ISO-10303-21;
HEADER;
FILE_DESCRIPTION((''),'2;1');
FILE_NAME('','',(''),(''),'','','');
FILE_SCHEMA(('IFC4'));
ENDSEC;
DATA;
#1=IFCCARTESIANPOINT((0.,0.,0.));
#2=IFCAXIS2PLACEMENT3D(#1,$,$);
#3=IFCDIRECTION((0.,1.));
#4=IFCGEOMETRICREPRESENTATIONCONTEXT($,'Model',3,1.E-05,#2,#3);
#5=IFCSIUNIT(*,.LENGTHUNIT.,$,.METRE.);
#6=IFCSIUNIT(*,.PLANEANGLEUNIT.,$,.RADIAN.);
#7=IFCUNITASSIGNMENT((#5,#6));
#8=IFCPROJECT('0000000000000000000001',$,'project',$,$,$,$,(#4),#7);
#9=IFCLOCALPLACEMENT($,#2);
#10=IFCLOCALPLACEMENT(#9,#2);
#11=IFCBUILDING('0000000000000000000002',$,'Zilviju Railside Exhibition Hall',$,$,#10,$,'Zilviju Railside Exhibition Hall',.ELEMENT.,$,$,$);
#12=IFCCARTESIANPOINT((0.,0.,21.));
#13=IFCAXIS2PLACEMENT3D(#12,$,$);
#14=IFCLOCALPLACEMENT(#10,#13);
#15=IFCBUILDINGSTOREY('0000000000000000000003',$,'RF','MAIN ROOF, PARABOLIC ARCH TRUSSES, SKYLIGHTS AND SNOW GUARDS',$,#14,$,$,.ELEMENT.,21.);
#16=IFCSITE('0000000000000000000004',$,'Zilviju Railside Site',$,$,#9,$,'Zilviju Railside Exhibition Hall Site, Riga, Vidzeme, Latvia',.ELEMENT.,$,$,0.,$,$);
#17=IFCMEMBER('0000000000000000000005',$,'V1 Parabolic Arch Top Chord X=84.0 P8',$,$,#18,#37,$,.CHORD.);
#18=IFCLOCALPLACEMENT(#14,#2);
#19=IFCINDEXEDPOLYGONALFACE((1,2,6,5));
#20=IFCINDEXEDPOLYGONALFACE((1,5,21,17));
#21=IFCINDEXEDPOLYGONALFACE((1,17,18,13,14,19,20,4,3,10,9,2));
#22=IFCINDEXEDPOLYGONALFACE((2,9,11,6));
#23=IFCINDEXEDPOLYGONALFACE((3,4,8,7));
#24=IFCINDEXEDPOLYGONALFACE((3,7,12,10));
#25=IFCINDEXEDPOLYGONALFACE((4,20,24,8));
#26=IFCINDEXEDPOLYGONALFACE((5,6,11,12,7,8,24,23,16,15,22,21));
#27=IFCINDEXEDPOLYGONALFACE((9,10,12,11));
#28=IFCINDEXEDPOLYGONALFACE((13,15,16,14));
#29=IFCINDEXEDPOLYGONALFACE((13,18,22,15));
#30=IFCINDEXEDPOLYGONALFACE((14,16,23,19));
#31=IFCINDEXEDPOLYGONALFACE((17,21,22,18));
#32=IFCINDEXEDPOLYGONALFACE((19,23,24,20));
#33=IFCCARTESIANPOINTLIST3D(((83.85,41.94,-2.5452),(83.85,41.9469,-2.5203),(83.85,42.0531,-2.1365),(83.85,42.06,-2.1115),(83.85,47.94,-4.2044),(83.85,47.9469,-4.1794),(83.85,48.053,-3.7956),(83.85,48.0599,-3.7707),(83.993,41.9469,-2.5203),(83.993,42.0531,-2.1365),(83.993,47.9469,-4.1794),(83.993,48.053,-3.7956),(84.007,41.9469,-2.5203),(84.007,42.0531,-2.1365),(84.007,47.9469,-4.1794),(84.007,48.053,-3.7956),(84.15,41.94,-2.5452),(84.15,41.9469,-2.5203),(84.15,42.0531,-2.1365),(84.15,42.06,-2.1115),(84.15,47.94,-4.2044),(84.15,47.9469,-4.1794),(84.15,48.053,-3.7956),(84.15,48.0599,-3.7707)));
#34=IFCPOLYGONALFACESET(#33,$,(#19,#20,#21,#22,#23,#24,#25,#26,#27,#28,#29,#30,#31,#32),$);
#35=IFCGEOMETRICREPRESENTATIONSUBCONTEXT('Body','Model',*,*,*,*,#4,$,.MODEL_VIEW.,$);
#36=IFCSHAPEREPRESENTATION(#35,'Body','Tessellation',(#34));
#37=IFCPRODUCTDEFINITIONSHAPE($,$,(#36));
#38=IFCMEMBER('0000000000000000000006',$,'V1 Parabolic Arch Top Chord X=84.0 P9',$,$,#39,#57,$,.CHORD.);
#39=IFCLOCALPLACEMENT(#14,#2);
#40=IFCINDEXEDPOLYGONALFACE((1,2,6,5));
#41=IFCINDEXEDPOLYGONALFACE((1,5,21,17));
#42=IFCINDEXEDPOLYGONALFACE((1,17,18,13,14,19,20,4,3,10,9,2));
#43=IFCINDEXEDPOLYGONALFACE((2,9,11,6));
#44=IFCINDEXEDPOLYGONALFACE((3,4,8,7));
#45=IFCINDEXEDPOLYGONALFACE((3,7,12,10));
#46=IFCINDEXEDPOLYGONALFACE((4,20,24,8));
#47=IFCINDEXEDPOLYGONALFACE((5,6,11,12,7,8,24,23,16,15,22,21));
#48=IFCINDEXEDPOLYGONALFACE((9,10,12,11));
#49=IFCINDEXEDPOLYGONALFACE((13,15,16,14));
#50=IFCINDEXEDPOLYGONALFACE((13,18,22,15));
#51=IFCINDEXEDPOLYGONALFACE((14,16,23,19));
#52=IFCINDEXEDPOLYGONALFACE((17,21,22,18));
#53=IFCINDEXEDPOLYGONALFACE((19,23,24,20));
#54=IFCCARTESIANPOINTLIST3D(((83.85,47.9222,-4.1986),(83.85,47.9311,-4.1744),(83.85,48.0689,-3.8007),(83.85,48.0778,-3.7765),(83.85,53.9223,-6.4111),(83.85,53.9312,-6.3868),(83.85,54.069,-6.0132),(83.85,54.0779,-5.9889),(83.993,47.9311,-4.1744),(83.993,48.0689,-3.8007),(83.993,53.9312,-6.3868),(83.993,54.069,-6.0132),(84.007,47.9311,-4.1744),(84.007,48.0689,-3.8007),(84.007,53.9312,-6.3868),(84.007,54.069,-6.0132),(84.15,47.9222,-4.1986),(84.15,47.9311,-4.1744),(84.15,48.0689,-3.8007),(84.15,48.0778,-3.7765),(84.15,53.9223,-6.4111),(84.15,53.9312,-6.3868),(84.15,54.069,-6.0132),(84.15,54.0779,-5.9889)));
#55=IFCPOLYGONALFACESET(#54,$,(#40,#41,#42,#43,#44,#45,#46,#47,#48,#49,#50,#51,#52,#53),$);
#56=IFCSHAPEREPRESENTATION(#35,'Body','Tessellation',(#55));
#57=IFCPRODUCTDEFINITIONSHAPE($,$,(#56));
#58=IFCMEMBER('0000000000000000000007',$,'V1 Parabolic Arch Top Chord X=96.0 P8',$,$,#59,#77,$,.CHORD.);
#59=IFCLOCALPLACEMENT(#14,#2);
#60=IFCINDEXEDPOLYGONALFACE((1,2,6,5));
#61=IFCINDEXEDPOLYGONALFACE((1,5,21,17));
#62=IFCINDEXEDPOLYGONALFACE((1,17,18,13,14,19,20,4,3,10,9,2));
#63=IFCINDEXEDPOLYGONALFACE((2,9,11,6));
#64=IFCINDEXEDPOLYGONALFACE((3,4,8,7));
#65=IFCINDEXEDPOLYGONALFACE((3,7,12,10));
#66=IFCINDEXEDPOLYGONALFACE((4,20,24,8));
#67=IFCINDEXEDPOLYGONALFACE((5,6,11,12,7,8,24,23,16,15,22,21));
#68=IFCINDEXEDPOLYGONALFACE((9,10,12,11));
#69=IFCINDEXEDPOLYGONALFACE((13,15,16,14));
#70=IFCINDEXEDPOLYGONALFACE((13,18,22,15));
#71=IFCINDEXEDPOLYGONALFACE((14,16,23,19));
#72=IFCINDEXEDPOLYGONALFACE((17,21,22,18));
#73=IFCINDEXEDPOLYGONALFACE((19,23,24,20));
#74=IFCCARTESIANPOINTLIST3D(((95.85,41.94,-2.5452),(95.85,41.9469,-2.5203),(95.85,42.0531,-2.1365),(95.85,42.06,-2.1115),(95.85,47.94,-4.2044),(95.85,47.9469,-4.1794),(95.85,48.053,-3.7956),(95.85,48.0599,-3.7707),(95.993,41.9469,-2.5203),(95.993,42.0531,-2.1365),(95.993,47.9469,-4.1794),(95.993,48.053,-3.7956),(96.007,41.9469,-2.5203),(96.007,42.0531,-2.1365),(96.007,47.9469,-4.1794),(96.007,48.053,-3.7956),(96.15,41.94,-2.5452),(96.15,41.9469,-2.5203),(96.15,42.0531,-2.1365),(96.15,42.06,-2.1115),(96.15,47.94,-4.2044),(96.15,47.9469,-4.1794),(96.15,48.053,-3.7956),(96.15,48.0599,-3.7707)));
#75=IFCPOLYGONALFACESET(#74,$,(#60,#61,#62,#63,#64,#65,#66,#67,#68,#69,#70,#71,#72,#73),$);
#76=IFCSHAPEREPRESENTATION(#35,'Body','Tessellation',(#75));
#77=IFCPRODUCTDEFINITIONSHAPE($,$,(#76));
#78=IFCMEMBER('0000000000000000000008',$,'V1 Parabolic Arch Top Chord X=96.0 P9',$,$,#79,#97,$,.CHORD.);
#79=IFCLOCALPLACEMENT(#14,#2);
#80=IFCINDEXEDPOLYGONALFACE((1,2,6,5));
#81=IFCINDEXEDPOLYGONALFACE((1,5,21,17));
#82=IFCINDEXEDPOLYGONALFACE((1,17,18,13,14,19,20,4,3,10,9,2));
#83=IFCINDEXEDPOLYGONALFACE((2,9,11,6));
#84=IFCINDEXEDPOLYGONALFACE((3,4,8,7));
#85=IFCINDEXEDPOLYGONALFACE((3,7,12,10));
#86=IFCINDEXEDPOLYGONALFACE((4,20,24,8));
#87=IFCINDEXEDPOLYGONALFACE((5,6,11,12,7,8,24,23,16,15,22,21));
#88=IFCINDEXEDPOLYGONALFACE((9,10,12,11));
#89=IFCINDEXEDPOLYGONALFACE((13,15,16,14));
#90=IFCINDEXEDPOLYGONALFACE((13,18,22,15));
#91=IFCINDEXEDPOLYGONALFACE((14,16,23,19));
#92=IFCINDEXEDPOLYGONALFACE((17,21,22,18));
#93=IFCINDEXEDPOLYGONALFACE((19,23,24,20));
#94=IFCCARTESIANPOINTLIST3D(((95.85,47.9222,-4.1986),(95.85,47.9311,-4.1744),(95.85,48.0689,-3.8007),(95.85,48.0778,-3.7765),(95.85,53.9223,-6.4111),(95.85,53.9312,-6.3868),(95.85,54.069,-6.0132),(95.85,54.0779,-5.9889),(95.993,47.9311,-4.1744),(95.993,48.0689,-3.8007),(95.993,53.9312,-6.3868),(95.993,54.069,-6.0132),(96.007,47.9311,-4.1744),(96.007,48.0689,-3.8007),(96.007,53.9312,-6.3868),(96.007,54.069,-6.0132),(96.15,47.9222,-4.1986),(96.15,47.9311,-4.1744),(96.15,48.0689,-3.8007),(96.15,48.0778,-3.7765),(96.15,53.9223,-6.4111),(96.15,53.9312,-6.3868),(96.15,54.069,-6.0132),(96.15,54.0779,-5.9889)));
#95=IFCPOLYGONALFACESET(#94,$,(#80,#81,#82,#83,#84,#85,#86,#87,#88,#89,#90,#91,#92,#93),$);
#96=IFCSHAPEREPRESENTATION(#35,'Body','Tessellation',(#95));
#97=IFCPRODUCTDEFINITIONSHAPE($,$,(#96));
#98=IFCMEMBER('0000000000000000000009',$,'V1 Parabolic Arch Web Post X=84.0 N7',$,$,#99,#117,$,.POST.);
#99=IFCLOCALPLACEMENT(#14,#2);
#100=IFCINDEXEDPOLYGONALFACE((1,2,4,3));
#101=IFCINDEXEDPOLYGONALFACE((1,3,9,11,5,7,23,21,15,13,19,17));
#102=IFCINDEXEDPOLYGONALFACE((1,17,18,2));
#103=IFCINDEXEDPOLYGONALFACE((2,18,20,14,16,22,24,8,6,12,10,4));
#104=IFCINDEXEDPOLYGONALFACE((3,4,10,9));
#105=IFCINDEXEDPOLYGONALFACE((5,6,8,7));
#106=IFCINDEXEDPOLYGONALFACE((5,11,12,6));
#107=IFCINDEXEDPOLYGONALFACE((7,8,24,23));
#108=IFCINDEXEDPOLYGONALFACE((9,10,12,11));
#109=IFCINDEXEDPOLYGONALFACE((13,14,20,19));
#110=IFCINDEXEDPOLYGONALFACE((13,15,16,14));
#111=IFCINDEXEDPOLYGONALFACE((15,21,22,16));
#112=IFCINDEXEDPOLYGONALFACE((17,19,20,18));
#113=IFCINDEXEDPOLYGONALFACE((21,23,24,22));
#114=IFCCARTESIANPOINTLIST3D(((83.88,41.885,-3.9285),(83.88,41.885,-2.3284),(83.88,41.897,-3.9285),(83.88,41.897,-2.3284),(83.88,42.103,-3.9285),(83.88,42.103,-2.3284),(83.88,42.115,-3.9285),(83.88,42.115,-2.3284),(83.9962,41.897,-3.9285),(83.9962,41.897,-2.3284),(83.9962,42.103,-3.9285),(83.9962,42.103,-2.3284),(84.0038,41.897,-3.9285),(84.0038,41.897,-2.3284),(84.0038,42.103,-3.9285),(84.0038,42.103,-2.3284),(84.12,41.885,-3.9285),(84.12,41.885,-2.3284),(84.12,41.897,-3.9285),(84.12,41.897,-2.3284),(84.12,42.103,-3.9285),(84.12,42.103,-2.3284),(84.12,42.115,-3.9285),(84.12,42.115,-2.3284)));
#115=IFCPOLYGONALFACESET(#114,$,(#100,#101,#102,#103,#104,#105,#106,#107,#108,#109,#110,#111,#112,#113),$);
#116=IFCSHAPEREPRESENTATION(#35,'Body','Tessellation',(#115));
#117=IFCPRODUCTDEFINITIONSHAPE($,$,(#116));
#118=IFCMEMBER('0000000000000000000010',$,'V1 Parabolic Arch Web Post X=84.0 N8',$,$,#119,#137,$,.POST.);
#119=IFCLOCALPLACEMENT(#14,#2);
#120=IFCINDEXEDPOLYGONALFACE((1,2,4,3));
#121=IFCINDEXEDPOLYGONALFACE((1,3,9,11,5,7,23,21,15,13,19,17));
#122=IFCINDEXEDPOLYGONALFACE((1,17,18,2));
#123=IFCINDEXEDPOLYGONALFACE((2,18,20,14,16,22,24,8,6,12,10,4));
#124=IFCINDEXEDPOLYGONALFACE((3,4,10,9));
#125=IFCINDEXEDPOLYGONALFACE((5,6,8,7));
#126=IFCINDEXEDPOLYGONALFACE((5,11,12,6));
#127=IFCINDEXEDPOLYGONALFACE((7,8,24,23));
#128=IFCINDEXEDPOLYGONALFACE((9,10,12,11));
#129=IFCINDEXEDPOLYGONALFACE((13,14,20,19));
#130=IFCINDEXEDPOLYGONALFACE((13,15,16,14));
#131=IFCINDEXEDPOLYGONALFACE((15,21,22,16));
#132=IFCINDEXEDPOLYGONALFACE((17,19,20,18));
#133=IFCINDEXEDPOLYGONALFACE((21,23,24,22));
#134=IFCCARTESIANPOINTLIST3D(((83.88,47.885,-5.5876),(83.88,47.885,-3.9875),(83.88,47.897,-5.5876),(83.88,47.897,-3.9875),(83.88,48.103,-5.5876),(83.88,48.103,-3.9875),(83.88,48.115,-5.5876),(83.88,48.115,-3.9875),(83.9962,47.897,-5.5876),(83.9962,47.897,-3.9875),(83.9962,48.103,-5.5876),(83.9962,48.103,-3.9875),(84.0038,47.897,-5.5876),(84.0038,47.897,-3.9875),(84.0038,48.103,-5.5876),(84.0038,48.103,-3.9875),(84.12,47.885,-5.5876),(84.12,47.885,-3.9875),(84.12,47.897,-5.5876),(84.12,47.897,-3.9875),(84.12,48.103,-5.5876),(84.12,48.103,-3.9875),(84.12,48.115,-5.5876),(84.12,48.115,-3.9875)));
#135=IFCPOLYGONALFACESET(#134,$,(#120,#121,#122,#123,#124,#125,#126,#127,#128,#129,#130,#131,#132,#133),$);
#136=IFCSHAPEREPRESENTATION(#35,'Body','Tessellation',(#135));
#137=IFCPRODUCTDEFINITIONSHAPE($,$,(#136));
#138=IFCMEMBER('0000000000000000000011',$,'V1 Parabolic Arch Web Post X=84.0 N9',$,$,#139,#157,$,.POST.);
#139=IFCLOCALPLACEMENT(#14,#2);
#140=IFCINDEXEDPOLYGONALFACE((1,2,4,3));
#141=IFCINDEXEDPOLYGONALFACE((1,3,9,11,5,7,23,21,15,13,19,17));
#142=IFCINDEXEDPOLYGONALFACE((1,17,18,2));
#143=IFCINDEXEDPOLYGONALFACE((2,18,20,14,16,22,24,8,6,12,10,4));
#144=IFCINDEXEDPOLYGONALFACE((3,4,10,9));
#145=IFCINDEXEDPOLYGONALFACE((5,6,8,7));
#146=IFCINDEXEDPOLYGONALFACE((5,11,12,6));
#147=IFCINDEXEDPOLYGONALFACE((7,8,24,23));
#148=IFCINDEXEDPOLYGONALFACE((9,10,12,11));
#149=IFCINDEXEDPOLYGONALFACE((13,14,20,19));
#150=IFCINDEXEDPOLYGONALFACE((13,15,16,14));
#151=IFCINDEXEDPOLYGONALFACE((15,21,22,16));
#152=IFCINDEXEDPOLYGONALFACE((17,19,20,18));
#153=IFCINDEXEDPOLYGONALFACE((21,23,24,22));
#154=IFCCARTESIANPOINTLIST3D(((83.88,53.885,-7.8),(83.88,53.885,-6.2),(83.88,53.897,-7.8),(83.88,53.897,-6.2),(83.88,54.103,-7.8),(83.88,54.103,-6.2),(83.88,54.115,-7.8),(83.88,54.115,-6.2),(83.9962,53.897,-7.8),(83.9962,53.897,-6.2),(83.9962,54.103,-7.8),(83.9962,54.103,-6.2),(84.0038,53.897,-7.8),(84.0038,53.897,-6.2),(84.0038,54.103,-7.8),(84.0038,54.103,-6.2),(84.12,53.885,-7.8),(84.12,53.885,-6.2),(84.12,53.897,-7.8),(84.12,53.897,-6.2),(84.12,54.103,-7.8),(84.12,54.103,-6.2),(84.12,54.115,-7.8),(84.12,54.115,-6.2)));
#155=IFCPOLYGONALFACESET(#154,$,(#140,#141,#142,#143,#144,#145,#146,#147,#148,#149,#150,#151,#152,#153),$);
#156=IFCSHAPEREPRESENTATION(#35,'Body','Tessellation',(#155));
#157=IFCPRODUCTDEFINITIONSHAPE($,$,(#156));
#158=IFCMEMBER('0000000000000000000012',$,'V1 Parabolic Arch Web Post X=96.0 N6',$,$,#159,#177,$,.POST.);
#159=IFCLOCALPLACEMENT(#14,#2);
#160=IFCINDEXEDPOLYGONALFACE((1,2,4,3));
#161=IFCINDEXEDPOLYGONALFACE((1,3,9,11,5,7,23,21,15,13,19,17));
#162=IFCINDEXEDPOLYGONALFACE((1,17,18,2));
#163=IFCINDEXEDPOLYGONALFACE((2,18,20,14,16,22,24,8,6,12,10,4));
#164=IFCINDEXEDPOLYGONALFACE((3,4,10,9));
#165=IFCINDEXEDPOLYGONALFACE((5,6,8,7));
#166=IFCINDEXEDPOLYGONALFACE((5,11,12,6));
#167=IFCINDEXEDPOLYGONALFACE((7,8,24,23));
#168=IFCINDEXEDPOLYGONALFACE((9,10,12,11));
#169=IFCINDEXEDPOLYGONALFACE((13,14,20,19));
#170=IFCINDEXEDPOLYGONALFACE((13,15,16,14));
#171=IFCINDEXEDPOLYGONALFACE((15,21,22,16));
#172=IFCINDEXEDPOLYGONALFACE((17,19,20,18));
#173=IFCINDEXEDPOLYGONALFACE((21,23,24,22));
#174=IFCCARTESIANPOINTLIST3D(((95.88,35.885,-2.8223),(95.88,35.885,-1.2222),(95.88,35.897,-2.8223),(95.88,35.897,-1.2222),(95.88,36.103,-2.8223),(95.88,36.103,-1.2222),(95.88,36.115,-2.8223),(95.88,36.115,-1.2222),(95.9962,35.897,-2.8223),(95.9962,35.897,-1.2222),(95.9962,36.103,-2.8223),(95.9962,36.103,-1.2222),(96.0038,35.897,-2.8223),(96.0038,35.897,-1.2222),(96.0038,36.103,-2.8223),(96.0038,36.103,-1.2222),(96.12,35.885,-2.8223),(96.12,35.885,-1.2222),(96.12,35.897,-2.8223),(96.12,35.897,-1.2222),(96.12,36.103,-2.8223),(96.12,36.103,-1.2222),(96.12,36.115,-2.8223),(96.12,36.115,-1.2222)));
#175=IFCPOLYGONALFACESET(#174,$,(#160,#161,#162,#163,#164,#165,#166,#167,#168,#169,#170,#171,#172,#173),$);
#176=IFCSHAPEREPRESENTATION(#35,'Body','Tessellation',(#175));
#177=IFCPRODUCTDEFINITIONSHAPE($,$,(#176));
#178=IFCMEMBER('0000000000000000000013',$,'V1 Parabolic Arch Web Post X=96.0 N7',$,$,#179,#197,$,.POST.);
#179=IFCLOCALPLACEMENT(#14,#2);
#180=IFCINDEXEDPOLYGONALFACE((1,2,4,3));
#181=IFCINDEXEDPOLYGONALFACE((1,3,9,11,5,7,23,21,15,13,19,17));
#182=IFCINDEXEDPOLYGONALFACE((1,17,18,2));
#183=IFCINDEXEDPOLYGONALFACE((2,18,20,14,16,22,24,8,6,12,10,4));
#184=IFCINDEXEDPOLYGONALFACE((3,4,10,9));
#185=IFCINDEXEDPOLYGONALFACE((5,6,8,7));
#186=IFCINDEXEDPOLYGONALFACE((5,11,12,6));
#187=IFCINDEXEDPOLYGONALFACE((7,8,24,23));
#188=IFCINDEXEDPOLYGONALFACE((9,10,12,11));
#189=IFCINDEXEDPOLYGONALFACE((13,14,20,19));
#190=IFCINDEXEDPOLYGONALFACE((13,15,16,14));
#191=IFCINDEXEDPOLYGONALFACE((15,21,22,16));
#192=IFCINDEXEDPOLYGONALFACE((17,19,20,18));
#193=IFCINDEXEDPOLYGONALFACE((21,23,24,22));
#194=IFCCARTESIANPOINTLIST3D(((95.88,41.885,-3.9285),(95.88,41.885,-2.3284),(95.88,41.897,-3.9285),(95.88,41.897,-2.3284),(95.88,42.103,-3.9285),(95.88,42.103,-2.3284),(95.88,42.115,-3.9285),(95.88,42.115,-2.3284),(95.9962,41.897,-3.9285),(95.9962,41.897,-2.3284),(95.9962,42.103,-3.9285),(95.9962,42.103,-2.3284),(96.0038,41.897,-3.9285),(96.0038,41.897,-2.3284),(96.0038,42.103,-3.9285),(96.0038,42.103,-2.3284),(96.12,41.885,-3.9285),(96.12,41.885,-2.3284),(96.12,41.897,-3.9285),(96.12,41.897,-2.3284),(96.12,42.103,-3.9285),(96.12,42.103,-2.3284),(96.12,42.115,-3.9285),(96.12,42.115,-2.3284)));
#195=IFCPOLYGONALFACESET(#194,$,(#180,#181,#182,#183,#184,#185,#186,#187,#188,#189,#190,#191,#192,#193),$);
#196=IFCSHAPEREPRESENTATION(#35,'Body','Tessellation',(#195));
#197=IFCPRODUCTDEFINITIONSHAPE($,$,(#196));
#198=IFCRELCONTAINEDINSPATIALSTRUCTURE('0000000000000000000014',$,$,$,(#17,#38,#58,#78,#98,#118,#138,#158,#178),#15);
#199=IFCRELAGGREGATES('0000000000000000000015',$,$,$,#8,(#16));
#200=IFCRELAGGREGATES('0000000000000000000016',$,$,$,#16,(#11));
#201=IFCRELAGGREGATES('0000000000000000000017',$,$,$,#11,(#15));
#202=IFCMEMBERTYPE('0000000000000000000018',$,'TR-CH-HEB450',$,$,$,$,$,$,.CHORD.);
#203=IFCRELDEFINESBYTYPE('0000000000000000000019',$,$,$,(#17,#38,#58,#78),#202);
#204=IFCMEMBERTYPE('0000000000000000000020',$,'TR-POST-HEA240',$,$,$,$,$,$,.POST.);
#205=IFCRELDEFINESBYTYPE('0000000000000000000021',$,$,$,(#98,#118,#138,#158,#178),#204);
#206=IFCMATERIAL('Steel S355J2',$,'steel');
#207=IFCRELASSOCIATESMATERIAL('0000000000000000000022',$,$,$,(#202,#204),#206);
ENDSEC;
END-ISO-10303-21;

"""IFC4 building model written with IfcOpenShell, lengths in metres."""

from ifc_helpers import new_model, si_unit, direction, frame, origin, origin_2d, place, context, subcontext, project, spatial, i_section, extrude, material, material_profile, profile_set, type_object, element, save


model = new_model("IFC4")

# Units and contexts
model_context = context("Model", 3, precision=1e-05, world=origin(), true_north=direction((0.0, 1.0)))
body_context = subcontext(model_context, "Body", "Model", "MODEL_VIEW")
ifc_project = project(units=[si_unit("LENGTHUNIT", "METRE"), si_unit("PLANEANGLEUNIT", "RADIAN")], contexts=[model_context])

# Site, building, storey
site_placement = place(None, origin())
site = spatial("IfcSite", under=ifc_project, at=site_placement, Name="Zilviju Railside Site", LongName="Zilviju Railside Exhibition Hall Site, Riga, Vidzeme, Latvia", CompositionType="ELEMENT", RefElevation=0.0)
building_placement = place(site_placement, origin())
building = spatial("IfcBuilding", under=site, at=building_placement, Name="Zilviju Railside Exhibition Hall", LongName="Zilviju Railside Exhibition Hall", CompositionType="ELEMENT")
storey_placement = place(building_placement, frame((0.0, 0.0, 21.0)))
storey = spatial("IfcBuildingStorey", under=building, at=storey_placement, Name="RF", Description="MAIN ROOF, PARABOLIC ARCH TRUSSES, SKYLIGHTS AND SNOW GUARDS", CompositionType="ELEMENT", Elevation=21.0)

# Members
ifc_material_1 = material(Name="Steel S355J2", Category="steel")
ifc_material_profile_1 = material_profile(ifc_material_1, i_section(OverallWidth=0.3, OverallDepth=0.45, WebThickness=0.0139, FlangeThickness=0.0259, at=origin_2d()), Name="HEB 450")
ifc_profile_set_1 = profile_set([ifc_material_profile_1], Name="Steel S355J2")
member_type_1 = type_object("IfcMemberType", Name="TR-CH-HEB450", PredefinedType="CHORD", material=ifc_profile_set_1)
member_1_placement = place(storey_placement, frame((84.0, 42.0, -2.3284), z_axis=(0.0, 0.963827, -0.266527), x_axis=(-1.0, 0.0, 0.0)))
element("IfcMember", 1, at=member_1_placement, inside=storey, type_object=member_type_1, Name="V1 Parabolic Arch Top Chord X=84.0 P8", PredefinedType="CHORD", context=body_context, shape_type="SweptSolid", body=[
    extrude(i_section(OverallWidth=0.3, OverallDepth=0.45, WebThickness=0.0139, FlangeThickness=0.0259, at=origin_2d()), origin(), (0.0, 0.0, 1.0), 6.2251),
])
member_2_placement = place(storey_placement, frame((84.0, 48.0, -3.9875), z_axis=(0.0, 0.938248, -0.345964), x_axis=(-1.0, 0.0, 0.0)))
element("IfcMember", 2, at=member_2_placement, inside=storey, type_object=member_type_1, Name="V1 Parabolic Arch Top Chord X=84.0 P9", PredefinedType="CHORD", context=body_context, shape_type="SweptSolid", body=[
    extrude(i_section(OverallWidth=0.3, OverallDepth=0.45, WebThickness=0.0139, FlangeThickness=0.0259, at=origin_2d()), origin(), (0.0, 0.0, 1.0), 6.395),
])
member_3_placement = place(storey_placement, frame((96.0, 42.0, -2.3284), z_axis=(0.0, 0.963827, -0.266527), x_axis=(-1.0, 0.0, 0.0)))
element("IfcMember", 3, at=member_3_placement, inside=storey, type_object=member_type_1, Name="V1 Parabolic Arch Top Chord X=96.0 P8", PredefinedType="CHORD", context=body_context, shape_type="SweptSolid", body=[
    extrude(i_section(OverallWidth=0.3, OverallDepth=0.45, WebThickness=0.0139, FlangeThickness=0.0259, at=origin_2d()), origin(), (0.0, 0.0, 1.0), 6.2251),
])
member_4_placement = place(storey_placement, frame((96.0, 48.0, -3.9875), z_axis=(0.0, 0.938248, -0.345964), x_axis=(-1.0, 0.0, 0.0)))
element("IfcMember", 4, at=member_4_placement, inside=storey, type_object=member_type_1, Name="V1 Parabolic Arch Top Chord X=96.0 P9", PredefinedType="CHORD", context=body_context, shape_type="SweptSolid", body=[
    extrude(i_section(OverallWidth=0.3, OverallDepth=0.45, WebThickness=0.0139, FlangeThickness=0.0259, at=origin_2d()), origin(), (0.0, 0.0, 1.0), 6.395),
])
ifc_material_profile_2 = material_profile(ifc_material_1, i_section(OverallWidth=0.24, OverallDepth=0.23, WebThickness=0.0076, FlangeThickness=0.012, at=origin_2d()), Name="HEA 240")
ifc_profile_set_2 = profile_set([ifc_material_profile_2], Name="Steel S355J2")
member_type_2 = type_object("IfcMemberType", Name="TR-POST-HEA240", PredefinedType="POST", material=ifc_profile_set_2)
for number, where, z_axis, x_axis, name in (
    (5, (84.0, 42.0, -3.9285), (0.0, 0.0, 1.0), (1.0, 0.0, 0.0), "V1 Parabolic Arch Web Post X=84.0 N7"),
    (6, (84.0, 48.0, -5.5876), (0.0, 0.0, 1.0), (1.0, 0.0, 0.0), "V1 Parabolic Arch Web Post X=84.0 N8"),
    (7, (84.0, 54.0, -7.8), (0.0, 0.0, 1.0), (1.0, 0.0, 0.0), "V1 Parabolic Arch Web Post X=84.0 N9"),
    (8, (96.0, 36.0, -2.8223), (0.0, 0.0, 1.0), (1.0, 0.0, 0.0), "V1 Parabolic Arch Web Post X=96.0 N6"),
    (9, (96.0, 42.0, -3.9285), (0.0, 0.0, 1.0), (1.0, 0.0, 0.0), "V1 Parabolic Arch Web Post X=96.0 N7"),
):
    element("IfcMember", number, at=place(storey_placement, frame(where, z_axis=z_axis, x_axis=x_axis)), inside=storey, type_object=member_type_2, Name=name, PredefinedType="POST", context=body_context, shape_type="SweptSolid", body=[
        extrude(i_section(OverallWidth=0.24, OverallDepth=0.23, WebThickness=0.0076, FlangeThickness=0.012, at=origin_2d()), origin(), (0.0, 0.0, 1.0), 1.6001),
    ])

save(model, "model.ifc")
